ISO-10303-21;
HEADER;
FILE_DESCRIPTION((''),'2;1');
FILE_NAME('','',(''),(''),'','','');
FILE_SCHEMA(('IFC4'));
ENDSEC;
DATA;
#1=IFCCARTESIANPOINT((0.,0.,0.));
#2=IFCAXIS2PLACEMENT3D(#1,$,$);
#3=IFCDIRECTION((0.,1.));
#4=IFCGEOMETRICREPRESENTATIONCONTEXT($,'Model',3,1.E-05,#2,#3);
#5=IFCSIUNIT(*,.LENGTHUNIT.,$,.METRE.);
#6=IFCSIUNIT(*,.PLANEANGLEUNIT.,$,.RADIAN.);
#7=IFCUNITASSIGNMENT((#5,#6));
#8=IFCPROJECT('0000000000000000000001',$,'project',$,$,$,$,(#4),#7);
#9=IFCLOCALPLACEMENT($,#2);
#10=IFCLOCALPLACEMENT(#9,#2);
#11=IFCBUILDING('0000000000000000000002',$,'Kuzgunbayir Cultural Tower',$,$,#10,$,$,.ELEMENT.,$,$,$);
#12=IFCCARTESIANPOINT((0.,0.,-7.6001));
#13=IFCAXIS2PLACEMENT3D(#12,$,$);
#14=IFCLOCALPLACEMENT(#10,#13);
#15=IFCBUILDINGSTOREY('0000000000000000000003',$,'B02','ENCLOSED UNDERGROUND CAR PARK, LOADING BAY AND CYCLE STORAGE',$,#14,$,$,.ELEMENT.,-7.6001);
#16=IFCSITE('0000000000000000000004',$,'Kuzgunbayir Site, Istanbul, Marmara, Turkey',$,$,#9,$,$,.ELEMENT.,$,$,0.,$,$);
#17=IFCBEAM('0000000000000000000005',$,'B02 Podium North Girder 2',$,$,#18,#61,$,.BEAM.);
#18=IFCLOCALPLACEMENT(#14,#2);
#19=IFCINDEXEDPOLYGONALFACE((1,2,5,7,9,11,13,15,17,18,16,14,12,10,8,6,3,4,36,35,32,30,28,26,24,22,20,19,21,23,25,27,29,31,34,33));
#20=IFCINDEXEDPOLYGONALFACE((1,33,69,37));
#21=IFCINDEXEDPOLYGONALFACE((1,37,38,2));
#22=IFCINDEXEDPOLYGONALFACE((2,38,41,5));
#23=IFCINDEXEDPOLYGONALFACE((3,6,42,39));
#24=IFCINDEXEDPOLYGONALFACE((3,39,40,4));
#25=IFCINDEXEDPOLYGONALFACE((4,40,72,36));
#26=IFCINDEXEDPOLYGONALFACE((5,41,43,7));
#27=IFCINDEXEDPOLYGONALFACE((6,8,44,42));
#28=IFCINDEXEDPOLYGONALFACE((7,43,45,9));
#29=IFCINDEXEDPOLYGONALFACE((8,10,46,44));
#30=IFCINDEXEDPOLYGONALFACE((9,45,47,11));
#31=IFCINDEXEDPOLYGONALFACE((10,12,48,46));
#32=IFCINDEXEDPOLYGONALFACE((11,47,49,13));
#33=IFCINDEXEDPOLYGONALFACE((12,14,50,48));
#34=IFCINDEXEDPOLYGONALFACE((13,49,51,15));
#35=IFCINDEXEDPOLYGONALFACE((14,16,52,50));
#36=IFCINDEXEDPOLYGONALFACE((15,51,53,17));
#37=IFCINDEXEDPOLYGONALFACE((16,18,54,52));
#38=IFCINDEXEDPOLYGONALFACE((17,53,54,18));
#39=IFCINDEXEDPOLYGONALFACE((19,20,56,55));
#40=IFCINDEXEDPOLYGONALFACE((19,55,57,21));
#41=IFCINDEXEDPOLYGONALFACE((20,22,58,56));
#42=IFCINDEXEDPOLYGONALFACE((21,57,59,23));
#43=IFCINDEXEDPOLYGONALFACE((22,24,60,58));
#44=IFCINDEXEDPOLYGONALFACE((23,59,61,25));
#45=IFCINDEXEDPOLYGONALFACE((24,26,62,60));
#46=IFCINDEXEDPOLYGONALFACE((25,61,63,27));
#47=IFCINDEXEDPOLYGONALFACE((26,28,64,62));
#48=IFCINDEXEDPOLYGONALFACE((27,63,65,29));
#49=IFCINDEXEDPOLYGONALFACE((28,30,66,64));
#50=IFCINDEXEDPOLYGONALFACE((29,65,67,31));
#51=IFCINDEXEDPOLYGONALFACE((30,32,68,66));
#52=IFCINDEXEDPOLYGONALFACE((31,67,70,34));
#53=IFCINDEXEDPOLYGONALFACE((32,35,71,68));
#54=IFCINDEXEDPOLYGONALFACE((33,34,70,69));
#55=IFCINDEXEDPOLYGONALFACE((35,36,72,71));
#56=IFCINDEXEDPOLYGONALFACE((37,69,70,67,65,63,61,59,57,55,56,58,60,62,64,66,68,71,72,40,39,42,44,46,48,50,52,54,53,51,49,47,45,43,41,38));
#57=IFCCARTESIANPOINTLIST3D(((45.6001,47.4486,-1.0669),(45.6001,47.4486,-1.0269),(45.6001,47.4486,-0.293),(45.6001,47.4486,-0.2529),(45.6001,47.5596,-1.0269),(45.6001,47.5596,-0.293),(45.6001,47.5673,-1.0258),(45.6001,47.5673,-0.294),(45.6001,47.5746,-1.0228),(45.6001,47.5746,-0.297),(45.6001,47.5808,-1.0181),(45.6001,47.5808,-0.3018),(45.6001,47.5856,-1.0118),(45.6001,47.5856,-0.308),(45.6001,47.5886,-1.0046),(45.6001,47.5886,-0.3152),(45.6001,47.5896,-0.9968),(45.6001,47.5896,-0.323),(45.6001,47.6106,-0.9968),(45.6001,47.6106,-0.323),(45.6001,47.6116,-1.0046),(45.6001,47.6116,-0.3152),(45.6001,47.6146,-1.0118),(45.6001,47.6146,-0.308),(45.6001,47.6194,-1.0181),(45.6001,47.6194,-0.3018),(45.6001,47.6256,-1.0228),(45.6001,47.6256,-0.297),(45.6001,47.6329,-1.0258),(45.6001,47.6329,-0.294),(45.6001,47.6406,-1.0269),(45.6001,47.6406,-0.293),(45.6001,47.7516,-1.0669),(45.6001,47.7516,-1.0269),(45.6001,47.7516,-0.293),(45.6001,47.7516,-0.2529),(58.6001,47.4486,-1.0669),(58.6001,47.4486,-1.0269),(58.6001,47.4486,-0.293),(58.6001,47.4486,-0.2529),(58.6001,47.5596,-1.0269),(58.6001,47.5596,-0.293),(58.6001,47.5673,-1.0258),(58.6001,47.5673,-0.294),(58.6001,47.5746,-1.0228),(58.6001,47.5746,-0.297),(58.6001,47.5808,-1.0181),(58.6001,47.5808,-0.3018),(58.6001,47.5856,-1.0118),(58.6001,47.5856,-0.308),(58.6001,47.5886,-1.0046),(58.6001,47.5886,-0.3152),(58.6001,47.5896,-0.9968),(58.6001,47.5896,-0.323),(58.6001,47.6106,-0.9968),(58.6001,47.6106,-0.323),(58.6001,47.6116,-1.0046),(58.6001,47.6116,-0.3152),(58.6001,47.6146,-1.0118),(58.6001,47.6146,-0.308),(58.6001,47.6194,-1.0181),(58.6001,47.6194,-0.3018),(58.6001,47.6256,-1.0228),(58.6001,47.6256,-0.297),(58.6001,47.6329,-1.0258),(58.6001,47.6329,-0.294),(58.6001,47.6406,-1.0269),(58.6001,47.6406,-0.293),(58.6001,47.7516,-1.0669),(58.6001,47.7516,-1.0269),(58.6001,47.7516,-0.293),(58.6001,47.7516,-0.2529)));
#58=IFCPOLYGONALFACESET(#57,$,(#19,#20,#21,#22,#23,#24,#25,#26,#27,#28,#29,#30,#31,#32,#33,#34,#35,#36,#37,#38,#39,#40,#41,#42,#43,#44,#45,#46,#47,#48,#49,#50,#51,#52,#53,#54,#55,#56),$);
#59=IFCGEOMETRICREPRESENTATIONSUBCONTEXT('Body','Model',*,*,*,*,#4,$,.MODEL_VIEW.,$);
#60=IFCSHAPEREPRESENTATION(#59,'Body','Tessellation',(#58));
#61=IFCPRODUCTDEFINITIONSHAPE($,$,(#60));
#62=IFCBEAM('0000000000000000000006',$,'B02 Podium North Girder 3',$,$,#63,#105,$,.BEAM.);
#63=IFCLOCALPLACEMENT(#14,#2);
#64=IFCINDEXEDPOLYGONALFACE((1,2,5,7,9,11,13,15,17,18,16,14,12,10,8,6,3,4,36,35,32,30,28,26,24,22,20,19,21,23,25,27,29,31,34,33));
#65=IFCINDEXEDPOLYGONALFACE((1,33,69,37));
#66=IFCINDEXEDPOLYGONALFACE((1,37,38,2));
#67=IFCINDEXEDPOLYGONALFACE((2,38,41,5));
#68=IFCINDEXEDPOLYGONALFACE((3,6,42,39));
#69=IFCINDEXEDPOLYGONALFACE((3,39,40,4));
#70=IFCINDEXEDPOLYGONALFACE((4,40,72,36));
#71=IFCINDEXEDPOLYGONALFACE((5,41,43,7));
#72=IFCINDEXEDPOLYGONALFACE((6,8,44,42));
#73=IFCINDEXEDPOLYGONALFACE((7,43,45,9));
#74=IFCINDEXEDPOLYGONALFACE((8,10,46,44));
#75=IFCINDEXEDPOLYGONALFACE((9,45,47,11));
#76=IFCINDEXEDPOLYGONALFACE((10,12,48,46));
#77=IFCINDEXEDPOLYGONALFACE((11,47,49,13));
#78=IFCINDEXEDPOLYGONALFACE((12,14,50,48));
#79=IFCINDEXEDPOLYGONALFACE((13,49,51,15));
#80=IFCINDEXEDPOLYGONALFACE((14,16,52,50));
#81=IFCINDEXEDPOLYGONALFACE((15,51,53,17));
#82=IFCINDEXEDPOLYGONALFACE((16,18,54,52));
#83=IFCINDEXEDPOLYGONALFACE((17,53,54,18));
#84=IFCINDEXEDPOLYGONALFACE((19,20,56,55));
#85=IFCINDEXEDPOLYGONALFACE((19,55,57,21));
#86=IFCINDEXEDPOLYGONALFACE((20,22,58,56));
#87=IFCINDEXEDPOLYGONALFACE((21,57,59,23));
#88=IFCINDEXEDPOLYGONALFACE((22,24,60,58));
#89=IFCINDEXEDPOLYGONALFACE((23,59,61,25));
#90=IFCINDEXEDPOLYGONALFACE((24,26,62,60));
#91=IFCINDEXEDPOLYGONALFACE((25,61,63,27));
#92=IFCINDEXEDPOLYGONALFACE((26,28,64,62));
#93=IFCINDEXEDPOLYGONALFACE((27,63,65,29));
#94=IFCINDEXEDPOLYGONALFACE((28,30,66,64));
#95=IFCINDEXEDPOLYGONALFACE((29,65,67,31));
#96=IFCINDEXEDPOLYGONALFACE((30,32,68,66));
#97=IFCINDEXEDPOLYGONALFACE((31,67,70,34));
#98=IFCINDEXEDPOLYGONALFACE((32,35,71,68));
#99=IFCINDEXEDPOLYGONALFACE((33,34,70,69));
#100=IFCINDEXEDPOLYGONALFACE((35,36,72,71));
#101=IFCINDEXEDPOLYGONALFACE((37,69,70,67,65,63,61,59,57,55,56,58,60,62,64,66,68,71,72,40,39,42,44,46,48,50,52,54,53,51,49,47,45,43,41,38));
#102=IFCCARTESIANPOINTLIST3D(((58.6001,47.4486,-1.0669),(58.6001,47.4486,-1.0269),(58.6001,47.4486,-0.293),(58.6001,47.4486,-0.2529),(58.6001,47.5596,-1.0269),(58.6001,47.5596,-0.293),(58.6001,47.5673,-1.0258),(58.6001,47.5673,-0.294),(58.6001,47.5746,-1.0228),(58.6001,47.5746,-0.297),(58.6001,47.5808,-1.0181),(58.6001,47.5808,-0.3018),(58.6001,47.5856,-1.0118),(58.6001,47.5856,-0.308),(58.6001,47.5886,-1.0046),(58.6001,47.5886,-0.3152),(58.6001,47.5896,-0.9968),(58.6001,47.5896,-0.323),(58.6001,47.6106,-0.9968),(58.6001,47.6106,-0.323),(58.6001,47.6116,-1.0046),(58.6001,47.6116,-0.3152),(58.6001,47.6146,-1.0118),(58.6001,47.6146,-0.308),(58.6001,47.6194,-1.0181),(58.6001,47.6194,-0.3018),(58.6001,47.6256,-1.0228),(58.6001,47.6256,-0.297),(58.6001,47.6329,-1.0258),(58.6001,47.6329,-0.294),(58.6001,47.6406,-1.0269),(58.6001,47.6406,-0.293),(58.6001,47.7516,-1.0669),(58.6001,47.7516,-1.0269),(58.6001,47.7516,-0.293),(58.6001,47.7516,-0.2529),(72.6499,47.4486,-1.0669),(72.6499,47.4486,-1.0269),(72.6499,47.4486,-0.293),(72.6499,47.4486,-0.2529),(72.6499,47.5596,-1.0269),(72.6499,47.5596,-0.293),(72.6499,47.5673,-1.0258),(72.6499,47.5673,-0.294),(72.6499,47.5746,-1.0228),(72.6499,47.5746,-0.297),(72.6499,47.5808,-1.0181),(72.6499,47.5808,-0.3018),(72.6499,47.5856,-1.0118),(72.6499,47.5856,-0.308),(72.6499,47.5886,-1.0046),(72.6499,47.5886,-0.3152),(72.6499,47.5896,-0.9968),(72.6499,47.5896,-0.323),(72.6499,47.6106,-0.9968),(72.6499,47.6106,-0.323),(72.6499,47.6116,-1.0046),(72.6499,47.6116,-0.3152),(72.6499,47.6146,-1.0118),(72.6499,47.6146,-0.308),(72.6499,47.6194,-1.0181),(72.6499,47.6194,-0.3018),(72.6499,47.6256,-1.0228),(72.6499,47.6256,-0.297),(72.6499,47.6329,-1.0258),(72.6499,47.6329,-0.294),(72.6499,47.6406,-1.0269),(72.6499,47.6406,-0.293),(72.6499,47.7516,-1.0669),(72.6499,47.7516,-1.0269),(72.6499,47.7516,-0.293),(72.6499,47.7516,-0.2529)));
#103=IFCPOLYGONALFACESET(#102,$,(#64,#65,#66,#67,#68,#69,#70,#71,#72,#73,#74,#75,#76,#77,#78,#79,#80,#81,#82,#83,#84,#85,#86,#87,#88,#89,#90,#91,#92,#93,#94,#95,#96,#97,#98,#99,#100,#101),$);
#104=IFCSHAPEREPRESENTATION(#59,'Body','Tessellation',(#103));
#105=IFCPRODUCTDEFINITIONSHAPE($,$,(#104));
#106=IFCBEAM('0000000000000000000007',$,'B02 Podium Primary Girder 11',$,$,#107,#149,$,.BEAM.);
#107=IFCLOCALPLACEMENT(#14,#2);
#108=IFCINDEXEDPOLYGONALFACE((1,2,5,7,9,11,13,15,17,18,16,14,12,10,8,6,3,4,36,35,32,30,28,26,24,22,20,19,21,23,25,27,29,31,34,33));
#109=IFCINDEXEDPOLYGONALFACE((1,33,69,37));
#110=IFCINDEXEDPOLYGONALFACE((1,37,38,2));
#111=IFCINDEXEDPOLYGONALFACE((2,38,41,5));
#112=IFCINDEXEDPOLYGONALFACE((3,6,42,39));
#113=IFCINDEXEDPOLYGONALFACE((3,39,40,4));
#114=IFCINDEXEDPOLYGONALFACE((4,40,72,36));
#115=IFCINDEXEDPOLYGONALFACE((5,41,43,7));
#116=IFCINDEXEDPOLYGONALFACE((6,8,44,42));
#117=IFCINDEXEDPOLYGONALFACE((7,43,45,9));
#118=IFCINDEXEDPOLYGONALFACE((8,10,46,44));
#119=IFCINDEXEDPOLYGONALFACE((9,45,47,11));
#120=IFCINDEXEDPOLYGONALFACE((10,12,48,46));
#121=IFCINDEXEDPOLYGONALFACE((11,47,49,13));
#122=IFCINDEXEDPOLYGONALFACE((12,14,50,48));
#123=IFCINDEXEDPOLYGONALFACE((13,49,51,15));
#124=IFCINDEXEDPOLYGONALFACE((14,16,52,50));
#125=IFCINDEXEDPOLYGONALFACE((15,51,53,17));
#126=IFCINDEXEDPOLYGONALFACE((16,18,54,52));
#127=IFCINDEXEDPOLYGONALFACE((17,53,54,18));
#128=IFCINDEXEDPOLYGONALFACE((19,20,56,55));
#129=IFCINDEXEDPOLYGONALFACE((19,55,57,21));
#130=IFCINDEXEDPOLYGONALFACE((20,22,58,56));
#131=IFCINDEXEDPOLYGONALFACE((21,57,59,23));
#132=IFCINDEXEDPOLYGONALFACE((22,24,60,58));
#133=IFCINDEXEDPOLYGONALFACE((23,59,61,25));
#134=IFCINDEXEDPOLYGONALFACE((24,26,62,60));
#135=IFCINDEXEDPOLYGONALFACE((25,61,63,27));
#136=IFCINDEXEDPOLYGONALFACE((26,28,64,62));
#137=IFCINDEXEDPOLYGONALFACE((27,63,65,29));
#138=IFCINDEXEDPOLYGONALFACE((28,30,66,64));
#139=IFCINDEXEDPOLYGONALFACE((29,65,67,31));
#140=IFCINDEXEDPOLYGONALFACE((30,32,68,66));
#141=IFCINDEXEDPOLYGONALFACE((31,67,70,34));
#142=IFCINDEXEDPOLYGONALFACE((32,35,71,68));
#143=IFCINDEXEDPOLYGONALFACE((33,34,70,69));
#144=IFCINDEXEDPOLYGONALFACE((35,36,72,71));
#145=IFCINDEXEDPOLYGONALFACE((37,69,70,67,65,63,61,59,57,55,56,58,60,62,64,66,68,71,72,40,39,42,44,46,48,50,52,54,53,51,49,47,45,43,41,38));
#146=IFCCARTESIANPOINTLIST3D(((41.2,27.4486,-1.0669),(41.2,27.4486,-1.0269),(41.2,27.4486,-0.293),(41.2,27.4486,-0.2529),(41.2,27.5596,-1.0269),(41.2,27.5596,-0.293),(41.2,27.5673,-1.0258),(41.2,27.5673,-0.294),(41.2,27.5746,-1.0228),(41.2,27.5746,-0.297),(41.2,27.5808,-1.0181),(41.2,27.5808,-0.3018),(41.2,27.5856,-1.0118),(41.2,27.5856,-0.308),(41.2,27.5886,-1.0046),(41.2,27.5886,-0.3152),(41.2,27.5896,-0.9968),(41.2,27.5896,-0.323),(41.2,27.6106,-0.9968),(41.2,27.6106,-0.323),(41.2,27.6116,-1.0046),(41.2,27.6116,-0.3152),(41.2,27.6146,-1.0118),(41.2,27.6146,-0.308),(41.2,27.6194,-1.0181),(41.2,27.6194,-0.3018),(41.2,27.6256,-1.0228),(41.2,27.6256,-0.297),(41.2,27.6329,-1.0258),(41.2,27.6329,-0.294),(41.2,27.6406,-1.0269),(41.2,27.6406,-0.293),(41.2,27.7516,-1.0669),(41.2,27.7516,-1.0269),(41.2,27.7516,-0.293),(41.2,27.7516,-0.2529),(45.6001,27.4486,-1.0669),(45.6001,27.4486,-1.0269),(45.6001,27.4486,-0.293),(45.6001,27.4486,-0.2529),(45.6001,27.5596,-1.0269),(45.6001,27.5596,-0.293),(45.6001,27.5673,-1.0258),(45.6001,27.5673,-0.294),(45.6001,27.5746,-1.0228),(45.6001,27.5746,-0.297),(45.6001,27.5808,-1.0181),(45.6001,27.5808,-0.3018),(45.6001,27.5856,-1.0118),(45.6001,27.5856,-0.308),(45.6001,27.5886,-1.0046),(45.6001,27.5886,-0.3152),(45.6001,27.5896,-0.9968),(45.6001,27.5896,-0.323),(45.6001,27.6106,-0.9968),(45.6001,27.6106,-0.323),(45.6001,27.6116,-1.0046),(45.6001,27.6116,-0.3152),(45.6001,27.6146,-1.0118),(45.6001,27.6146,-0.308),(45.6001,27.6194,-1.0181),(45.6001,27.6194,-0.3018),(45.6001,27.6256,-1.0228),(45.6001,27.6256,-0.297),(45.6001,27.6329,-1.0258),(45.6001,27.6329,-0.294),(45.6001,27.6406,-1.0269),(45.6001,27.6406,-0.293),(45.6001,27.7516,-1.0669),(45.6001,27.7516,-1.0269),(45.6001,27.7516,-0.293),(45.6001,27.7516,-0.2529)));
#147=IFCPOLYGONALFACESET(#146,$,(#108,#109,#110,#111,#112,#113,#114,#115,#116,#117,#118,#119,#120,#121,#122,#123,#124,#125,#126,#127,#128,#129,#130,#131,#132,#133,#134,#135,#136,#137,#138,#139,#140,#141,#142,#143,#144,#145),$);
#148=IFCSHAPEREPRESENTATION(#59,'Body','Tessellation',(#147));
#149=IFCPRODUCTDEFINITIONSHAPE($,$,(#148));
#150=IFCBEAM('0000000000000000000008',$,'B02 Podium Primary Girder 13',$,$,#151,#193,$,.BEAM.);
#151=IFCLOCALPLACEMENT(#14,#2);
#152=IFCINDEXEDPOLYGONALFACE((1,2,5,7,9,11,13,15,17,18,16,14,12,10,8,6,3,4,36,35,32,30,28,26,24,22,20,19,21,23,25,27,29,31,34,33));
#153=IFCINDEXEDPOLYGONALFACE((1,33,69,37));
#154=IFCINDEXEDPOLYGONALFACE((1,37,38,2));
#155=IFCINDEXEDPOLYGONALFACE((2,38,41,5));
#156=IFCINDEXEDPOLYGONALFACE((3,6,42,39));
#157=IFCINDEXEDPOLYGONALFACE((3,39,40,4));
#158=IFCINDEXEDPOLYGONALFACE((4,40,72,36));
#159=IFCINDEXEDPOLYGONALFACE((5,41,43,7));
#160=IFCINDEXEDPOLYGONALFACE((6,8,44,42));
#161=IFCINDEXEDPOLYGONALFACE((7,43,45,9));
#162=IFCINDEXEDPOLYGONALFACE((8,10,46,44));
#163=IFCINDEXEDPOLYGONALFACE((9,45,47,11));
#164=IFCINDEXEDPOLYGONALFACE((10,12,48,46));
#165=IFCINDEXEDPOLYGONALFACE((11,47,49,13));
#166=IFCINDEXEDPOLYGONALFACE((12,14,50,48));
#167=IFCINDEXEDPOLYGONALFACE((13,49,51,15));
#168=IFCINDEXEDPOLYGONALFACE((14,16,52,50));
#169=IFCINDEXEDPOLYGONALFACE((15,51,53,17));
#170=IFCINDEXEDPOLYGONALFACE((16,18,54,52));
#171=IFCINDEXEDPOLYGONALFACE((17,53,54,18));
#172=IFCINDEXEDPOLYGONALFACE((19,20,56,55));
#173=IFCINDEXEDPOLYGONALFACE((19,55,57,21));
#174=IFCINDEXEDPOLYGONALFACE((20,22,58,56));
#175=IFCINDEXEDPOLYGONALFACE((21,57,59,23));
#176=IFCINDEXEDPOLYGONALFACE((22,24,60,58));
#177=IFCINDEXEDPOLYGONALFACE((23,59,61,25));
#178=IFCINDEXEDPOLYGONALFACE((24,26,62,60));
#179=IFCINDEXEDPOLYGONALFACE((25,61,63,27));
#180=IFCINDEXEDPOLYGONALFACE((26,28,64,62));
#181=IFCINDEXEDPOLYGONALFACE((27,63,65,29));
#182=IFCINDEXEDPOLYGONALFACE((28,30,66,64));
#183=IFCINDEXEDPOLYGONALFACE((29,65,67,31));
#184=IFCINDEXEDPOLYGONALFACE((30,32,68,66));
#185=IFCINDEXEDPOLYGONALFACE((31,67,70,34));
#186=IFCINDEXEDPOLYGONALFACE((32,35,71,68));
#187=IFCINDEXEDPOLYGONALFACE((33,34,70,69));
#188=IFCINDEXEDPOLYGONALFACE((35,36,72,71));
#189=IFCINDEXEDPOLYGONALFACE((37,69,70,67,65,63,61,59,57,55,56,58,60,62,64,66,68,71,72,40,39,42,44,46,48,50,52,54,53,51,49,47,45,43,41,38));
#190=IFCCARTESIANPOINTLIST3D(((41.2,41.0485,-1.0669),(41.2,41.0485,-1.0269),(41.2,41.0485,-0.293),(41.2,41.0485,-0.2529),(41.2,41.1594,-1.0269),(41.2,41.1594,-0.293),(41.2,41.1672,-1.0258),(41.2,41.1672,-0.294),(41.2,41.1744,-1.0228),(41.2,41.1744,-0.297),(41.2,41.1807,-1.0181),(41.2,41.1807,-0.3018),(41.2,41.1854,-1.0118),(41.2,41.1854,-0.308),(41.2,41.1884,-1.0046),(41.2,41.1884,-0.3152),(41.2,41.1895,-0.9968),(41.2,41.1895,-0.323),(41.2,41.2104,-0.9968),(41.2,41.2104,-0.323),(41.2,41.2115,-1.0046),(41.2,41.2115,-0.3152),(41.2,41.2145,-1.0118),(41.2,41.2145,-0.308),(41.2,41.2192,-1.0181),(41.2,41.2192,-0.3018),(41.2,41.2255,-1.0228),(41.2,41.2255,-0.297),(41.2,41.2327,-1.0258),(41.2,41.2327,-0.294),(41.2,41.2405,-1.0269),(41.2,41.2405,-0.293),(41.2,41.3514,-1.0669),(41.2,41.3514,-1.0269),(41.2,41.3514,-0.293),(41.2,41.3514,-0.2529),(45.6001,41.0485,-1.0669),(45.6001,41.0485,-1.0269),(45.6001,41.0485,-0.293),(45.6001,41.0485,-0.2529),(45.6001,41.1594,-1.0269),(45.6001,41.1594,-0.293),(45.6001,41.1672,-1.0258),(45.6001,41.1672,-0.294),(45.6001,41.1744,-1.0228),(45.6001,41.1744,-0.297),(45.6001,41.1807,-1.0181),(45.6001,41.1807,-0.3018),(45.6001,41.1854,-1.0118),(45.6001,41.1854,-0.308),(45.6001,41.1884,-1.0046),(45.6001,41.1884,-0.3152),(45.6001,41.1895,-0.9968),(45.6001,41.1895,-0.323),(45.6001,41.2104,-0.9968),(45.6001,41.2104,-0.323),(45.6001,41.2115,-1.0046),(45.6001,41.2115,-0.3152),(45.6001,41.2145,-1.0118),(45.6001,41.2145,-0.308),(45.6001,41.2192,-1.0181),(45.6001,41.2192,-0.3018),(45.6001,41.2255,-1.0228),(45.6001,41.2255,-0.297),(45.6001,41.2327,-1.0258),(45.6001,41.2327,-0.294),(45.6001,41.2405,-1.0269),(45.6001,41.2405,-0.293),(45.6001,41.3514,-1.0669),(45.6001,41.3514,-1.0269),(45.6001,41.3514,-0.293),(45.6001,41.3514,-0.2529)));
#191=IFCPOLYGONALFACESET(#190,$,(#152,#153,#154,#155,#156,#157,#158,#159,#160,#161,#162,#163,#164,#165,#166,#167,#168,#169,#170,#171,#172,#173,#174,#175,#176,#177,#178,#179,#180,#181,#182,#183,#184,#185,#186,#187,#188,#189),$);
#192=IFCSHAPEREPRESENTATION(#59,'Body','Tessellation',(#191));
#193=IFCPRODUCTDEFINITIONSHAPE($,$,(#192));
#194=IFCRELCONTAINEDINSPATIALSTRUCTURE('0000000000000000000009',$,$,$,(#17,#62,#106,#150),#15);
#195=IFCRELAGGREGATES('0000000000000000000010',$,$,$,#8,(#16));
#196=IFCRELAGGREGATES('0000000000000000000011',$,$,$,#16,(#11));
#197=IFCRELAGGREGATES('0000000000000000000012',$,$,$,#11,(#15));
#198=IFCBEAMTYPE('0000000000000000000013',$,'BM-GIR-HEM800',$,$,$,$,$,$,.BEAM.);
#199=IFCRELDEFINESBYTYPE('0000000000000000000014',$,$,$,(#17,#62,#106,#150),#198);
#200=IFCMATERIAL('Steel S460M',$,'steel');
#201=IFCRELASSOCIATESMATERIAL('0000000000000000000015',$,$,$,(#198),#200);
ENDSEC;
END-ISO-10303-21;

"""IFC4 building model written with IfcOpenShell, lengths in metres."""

from ifc_helpers import new_model, si_unit, direction, frame, origin, origin_2d, place, context, subcontext, project, spatial, i_section, extrude, material, material_profile, profile_set, type_object, element, save


model = new_model("IFC4")

# Units and contexts
model_context = context("Model", 3, precision=1e-05, world=origin(), true_north=direction((0.0, 1.0)))
body_context = subcontext(model_context, "Body", "Model", "MODEL_VIEW")
ifc_project = project(units=[si_unit("LENGTHUNIT", "METRE"), si_unit("PLANEANGLEUNIT", "RADIAN")], contexts=[model_context])

# Site, building, storey
site_placement = place(None, origin())
site = spatial("IfcSite", under=ifc_project, at=site_placement, Name="Kuzgunbayir Site, Istanbul, Marmara, Turkey", CompositionType="ELEMENT", RefElevation=0.0)
building_placement = place(site_placement, origin())
building = spatial("IfcBuilding", under=site, at=building_placement, Name="Kuzgunbayir Cultural Tower", CompositionType="ELEMENT")
storey_placement = place(building_placement, frame((0.0, 0.0, -7.6001)))
storey = spatial("IfcBuildingStorey", under=building, at=storey_placement, Name="B02", Description="ENCLOSED UNDERGROUND CAR PARK, LOADING BAY AND CYCLE STORAGE", CompositionType="ELEMENT", Elevation=-7.6001)

# Beams
ifc_material_1 = material(Name="Steel S460M", Category="steel")
ifc_material_profile_1 = material_profile(ifc_material_1, i_section(OverallWidth=0.303, OverallDepth=0.814, WebThickness=0.021, FlangeThickness=0.04, FilletRadius=0.03, at=origin_2d()), Name="HEM 800")
ifc_profile_set_1 = profile_set([ifc_material_profile_1], Name="Steel S460M")
beam_type_1 = type_object("IfcBeamType", Name="BM-GIR-HEM800", PredefinedType="BEAM", material=ifc_profile_set_1)
beam_1_placement = place(storey_placement, frame((45.6001, 47.6001, -0.6599), z_axis=(1.0, 0.0, 0.0), x_axis=(0.0, 1.0, 0.0)))
element("IfcBeam", 1, at=beam_1_placement, inside=storey, type_object=beam_type_1, Name="B02 Podium North Girder 2", PredefinedType="BEAM", context=body_context, shape_type="SweptSolid", body=[
    extrude(i_section(OverallWidth=0.303, OverallDepth=0.814, WebThickness=0.021, FlangeThickness=0.04, FilletRadius=0.03, at=origin_2d()), origin(), (0.0, 0.0, 1.0), 13.0),
])
beam_2_placement = place(storey_placement, frame((58.6001, 47.6001, -0.6599), z_axis=(1.0, 0.0, 0.0), x_axis=(0.0, 1.0, 0.0)))
element("IfcBeam", 2, at=beam_2_placement, inside=storey, type_object=beam_type_1, Name="B02 Podium North Girder 3", PredefinedType="BEAM", context=body_context, shape_type="SweptSolid", body=[
    extrude(i_section(OverallWidth=0.303, OverallDepth=0.814, WebThickness=0.021, FlangeThickness=0.04, FilletRadius=0.03, at=origin_2d()), origin(), (0.0, 0.0, 1.0), 14.0498),
])
for number, where, z_axis, x_axis, name in (
    (3, (41.2, 27.6001, -0.6599), (1.0, 0.0, 0.0), (0.0, 1.0, 0.0), "B02 Podium Primary Girder 11"),
    (4, (41.2, 41.2, -0.6599), (1.0, 0.0, 0.0), (0.0, 1.0, 0.0), "B02 Podium Primary Girder 13"),
):
    element("IfcBeam", number, at=place(storey_placement, frame(where, z_axis=z_axis, x_axis=x_axis)), inside=storey, type_object=beam_type_1, Name=name, PredefinedType="BEAM", context=body_context, shape_type="SweptSolid", body=[
        extrude(i_section(OverallWidth=0.303, OverallDepth=0.814, WebThickness=0.021, FlangeThickness=0.04, FilletRadius=0.03, at=origin_2d()), origin(), (0.0, 0.0, 1.0), 4.4001),
    ])

save(model, "model.ifc")
